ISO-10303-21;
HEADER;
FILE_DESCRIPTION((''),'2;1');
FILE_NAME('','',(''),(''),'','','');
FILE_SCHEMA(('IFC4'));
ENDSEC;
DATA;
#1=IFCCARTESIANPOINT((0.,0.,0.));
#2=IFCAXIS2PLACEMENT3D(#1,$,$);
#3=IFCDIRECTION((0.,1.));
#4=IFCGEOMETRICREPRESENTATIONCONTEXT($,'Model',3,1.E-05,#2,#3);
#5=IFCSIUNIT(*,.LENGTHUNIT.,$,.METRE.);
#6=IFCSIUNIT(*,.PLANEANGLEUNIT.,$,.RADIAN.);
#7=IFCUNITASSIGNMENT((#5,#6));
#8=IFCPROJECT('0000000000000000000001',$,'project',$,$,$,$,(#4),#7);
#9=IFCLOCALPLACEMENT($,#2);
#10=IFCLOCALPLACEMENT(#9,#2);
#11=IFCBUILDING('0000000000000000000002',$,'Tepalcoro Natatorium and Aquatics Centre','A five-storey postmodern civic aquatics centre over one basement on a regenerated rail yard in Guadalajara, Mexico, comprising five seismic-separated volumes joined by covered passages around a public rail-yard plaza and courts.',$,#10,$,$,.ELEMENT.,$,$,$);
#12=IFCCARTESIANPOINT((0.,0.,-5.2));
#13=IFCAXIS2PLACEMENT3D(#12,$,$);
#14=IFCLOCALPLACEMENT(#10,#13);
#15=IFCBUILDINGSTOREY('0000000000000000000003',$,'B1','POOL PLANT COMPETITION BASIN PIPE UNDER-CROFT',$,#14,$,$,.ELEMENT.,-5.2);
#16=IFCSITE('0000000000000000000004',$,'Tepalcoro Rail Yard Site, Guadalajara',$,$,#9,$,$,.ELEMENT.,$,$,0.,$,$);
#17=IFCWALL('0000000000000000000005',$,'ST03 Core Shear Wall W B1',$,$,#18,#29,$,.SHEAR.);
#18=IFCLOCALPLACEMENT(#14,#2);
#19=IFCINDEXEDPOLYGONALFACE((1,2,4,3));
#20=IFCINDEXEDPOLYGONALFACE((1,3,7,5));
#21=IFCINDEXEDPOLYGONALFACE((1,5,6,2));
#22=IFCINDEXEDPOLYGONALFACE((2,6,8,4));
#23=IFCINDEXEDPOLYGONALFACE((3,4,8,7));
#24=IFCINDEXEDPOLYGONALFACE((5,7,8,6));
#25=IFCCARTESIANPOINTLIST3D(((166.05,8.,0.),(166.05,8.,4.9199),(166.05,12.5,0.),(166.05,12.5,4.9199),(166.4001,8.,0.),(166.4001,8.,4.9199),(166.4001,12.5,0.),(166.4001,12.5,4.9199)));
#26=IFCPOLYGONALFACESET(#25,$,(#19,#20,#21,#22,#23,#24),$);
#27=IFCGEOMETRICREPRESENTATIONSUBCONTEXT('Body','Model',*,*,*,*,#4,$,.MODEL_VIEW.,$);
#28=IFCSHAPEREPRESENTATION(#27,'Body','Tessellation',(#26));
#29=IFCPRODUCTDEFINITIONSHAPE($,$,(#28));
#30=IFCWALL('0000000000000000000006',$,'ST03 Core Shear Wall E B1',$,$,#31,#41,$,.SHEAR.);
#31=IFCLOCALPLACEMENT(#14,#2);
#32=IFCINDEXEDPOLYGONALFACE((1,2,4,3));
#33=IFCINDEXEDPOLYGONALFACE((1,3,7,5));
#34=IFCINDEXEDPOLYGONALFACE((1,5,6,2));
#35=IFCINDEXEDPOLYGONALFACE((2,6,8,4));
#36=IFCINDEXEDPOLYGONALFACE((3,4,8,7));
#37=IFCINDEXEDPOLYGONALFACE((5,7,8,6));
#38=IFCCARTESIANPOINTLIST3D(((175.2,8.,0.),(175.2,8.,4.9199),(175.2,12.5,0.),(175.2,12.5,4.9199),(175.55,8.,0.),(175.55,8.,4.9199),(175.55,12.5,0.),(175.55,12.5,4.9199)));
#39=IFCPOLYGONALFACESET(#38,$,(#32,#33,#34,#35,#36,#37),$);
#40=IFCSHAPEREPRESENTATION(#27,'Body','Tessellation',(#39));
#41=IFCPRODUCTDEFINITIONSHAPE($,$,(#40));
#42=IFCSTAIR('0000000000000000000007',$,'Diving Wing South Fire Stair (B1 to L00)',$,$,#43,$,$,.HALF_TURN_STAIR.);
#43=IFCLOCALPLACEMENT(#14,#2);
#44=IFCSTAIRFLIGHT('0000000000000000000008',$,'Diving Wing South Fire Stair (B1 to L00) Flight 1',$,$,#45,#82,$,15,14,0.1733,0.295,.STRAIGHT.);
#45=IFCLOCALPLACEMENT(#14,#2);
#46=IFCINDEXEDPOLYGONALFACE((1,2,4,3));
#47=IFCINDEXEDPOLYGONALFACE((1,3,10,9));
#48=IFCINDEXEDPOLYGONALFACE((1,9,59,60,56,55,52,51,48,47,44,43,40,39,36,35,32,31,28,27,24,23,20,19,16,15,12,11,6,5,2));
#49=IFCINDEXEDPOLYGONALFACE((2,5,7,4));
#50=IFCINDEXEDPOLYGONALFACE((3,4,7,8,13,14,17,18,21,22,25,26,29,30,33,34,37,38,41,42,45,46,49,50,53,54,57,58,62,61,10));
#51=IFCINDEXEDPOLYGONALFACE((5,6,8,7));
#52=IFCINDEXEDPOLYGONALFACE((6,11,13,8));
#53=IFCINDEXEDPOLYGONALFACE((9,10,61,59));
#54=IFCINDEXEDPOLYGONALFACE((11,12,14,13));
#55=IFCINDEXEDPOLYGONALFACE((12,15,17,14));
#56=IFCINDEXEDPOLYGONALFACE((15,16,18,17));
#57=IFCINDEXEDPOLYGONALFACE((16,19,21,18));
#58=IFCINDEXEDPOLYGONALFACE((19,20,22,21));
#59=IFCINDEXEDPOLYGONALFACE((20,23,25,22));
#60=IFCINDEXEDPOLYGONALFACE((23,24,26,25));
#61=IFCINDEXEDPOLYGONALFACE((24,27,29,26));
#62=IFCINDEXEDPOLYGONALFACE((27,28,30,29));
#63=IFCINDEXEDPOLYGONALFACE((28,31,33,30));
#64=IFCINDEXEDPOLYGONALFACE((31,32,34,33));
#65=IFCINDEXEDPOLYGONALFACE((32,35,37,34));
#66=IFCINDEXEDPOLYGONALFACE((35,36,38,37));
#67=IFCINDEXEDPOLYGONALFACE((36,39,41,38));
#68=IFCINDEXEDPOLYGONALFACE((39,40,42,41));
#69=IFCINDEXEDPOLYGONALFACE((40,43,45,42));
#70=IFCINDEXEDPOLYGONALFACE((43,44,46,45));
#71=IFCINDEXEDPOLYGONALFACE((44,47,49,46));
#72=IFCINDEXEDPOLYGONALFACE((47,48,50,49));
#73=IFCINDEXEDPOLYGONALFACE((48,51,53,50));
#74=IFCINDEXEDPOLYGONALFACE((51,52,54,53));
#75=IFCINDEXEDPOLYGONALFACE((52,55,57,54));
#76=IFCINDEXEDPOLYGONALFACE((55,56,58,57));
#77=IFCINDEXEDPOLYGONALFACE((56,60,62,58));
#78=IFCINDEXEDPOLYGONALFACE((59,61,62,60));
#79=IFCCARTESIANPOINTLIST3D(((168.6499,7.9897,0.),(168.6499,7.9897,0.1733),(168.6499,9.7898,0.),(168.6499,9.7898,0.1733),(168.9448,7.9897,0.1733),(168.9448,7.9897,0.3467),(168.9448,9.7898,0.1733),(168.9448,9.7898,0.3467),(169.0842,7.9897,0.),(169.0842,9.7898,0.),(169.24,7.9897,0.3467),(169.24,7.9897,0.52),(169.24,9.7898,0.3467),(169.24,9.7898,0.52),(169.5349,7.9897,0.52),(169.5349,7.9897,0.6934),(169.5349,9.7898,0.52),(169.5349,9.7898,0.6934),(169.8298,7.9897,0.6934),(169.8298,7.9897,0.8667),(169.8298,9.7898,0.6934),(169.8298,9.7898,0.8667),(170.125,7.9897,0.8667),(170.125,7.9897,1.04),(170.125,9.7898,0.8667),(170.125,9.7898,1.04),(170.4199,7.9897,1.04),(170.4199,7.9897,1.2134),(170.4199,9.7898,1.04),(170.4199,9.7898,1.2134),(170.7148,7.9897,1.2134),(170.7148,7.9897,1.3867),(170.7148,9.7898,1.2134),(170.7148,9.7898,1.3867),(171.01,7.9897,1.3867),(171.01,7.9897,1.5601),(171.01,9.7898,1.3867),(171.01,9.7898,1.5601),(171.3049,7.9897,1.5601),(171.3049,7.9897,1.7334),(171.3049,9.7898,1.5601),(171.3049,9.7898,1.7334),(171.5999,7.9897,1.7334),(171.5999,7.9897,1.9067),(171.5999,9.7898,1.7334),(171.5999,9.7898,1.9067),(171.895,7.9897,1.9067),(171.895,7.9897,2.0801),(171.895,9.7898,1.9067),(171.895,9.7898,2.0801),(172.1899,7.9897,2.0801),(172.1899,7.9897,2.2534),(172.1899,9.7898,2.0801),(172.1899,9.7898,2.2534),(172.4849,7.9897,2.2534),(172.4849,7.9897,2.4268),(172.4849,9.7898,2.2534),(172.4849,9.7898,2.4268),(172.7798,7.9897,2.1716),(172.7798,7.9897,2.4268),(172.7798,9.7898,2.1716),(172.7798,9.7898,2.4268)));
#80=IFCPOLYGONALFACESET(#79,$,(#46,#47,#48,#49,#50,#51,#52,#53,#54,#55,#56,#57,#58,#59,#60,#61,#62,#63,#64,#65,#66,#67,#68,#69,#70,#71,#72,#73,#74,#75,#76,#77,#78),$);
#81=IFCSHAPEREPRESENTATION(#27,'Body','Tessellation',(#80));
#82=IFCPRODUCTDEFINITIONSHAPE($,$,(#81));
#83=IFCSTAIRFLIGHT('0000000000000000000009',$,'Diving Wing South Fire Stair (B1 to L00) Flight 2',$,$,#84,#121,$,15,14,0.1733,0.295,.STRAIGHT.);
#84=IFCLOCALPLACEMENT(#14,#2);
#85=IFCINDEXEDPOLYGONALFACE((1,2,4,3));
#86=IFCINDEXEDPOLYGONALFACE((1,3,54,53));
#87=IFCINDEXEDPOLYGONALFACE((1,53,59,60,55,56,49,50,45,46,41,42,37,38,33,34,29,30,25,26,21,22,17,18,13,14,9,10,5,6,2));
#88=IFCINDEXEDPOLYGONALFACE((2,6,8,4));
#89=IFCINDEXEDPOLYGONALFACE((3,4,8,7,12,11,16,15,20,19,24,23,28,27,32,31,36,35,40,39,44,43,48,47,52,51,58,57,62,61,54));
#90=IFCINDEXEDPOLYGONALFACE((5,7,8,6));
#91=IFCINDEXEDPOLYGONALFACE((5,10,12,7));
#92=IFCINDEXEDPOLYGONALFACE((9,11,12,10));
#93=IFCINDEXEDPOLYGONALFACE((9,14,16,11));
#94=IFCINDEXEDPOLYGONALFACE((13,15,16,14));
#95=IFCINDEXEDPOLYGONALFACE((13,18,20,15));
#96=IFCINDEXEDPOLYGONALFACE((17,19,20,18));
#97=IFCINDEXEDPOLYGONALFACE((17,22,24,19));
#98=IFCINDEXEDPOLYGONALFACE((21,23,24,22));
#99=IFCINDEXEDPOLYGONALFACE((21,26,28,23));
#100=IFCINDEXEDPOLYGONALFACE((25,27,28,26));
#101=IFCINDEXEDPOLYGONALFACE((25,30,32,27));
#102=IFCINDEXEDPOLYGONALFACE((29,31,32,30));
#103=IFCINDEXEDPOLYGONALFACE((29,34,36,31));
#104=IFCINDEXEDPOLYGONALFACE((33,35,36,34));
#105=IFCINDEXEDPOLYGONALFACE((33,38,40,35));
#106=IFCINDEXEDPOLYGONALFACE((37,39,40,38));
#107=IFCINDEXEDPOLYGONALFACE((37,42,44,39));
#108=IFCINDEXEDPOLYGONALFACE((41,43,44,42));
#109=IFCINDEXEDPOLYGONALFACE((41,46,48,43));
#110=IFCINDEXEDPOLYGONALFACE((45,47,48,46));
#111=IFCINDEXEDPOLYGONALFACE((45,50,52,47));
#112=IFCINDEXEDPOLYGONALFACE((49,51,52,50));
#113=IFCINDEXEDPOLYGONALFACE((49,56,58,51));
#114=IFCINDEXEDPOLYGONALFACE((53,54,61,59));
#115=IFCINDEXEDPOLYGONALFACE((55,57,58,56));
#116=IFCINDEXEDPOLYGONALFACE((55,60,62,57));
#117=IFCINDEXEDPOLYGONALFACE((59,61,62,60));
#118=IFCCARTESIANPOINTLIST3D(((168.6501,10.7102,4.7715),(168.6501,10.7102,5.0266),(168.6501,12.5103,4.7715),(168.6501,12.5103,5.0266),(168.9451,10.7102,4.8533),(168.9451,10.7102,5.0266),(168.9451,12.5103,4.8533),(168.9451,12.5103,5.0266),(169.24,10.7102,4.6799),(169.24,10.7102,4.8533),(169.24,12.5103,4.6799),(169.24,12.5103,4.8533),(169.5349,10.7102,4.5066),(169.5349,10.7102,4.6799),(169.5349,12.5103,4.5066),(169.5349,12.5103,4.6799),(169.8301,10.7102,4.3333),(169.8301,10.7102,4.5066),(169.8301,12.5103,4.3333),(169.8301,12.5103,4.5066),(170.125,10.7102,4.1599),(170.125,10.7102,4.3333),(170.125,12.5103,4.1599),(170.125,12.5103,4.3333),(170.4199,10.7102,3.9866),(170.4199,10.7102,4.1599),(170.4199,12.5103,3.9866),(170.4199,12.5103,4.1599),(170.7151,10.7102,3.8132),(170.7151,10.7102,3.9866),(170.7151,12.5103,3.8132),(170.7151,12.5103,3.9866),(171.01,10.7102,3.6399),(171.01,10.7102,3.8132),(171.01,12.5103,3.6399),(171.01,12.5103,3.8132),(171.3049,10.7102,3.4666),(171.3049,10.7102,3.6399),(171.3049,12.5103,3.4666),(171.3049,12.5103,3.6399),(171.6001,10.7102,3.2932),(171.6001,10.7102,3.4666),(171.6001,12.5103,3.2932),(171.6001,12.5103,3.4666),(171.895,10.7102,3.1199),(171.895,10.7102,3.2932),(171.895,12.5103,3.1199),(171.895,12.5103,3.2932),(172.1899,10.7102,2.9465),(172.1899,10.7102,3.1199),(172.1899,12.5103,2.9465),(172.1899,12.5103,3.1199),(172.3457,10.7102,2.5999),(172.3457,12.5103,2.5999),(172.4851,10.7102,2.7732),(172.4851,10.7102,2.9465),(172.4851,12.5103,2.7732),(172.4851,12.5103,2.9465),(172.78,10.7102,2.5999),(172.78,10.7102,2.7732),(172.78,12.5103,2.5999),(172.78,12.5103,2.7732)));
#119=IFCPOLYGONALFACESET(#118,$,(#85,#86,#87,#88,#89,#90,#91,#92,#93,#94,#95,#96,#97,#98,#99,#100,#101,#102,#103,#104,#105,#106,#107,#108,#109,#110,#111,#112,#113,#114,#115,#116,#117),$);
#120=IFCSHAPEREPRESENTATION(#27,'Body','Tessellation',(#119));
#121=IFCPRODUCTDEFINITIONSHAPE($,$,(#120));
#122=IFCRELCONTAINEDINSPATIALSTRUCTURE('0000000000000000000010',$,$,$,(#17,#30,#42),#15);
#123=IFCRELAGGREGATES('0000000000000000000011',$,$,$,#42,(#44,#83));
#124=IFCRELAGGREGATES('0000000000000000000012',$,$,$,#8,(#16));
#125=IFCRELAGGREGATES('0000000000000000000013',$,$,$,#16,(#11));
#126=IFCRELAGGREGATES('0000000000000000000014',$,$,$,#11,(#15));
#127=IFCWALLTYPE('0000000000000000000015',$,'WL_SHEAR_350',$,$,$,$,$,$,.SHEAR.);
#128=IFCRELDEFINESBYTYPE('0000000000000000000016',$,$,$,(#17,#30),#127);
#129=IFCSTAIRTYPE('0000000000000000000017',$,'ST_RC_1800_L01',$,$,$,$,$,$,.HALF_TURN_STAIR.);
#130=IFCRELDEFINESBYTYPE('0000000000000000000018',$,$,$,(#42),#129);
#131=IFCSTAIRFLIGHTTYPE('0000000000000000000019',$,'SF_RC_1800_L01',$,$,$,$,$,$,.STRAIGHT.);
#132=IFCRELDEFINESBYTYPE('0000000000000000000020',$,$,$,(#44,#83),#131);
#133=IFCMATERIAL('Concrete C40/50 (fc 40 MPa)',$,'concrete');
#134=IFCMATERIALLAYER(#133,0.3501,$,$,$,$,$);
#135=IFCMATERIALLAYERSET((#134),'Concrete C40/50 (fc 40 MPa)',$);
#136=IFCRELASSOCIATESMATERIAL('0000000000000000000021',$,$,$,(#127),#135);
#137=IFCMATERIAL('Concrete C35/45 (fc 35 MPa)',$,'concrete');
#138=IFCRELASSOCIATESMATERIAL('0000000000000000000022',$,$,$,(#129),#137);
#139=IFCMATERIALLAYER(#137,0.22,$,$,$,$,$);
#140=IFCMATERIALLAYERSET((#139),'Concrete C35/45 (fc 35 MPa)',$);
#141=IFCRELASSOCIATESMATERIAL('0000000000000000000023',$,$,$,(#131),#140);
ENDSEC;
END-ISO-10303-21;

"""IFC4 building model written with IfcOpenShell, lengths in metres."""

from ifc_helpers import new_model, si_unit, direction, frame, frame_2d, origin, place, context, subcontext, project, spatial, polyline, rectangle, outline, extrude, material, layer, layer_set, type_object, element, aggregate, save


model = new_model("IFC4")

# Units and contexts
model_context = context("Model", 3, precision=1e-05, world=origin(), true_north=direction((0.0, 1.0)))
body_context = subcontext(model_context, "Body", "Model", "MODEL_VIEW")
ifc_project = project(units=[si_unit("LENGTHUNIT", "METRE"), si_unit("PLANEANGLEUNIT", "RADIAN")], contexts=[model_context])

# Site, building, storey
site_placement = place(None, origin())
site = spatial("IfcSite", under=ifc_project, at=site_placement, Name="Tepalcoro Rail Yard Site, Guadalajara", CompositionType="ELEMENT", RefElevation=0.0)
building_placement = place(site_placement, origin())
building = spatial("IfcBuilding", under=site, at=building_placement, Name="Tepalcoro Natatorium and Aquatics Centre", Description="A five-storey postmodern civic aquatics centre over one basement on a regenerated rail yard in Guadalajara, Mexico, comprising five seismic-separated volumes joined by covered passages around a public rail-yard plaza and courts.", CompositionType="ELEMENT")
storey_placement = place(building_placement, frame((0.0, 0.0, -5.2)))
storey = spatial("IfcBuildingStorey", under=building, at=storey_placement, Name="B1", Description="POOL PLANT COMPETITION BASIN PIPE UNDER-CROFT", CompositionType="ELEMENT", Elevation=-5.2)

# Shared definitions
ifc_material_1 = material(Name="Concrete C40/50 (fc 40 MPa)", Category="concrete")

# Shared definitions
ifc_layer_1 = layer(ifc_material_1, 0.3501)
ifc_layer_set_1 = layer_set([ifc_layer_1], Name="Concrete C40/50 (fc 40 MPa)")
wall_type_1 = type_object("IfcWallType", Name="WL_SHEAR_350", PredefinedType="SHEAR", material=ifc_layer_set_1)

# Walls
for number, where, z_axis, x_axis, name in (
    (1, (166.2251, 8.0, 0.0), (0.0, 0.0, 1.0), (0.0, 1.0, 0.0), "ST03 Core Shear Wall W B1"),
    (2, (175.375, 8.0, 0.0), (0.0, 0.0, 1.0), (0.0, 1.0, 0.0), "ST03 Core Shear Wall E B1"),
):
    element("IfcWall", number, at=place(storey_placement, frame(where, z_axis=z_axis, x_axis=x_axis)), inside=storey, type_object=wall_type_1, Name=name, PredefinedType="SHEAR", context=body_context, shape_type="SweptSolid", body=[
        extrude(rectangle(XDim=4.5, YDim=0.3501, at=frame_2d((2.25, 0.0))), origin(), (0.0, 0.0, 1.0), 4.9199),
    ])

# Stair, stair flights
ifc_material_2 = material(Name="Concrete C35/45 (fc 35 MPa)", Category="concrete")
stair_type = type_object("IfcStairType", Name="ST_RC_1800_L01", PredefinedType="HALF_TURN_STAIR", material=ifc_material_2)
stair_placement = place(storey_placement, origin())
stair = element("IfcStair", 3, at=stair_placement, inside=storey, type_object=stair_type, Name="Diving Wing South Fire Stair (B1 to L00)", PredefinedType="HALF_TURN_STAIR")
ifc_layer_2 = layer(ifc_material_2, 0.22)
ifc_layer_set_2 = layer_set([ifc_layer_2], Name="Concrete C35/45 (fc 35 MPa)")
stair_flight_type = type_object("IfcStairFlightType", Name="SF_RC_1800_L01", PredefinedType="STRAIGHT", material=ifc_layer_set_2)
stair_flight_1_placement = place(storey_placement, frame((168.6499, 8.8899, 0.0), z_axis=(0.0, 0.0, 1.0), x_axis=(1.0, 0.0, 0.0)))
stair_flight_1 = element("IfcStairFlight", 4, at=stair_flight_1_placement, type_object=stair_flight_type, Name="Diving Wing South Fire Stair (B1 to L00) Flight 1", NumberOfRisers=15, NumberOfTreads=14, PredefinedType="STRAIGHT", RiserHeight=0.1733, TreadLength=0.295, context=body_context, shape_type="SweptSolid", body=[
    extrude(outline(polyline([(0.0, 0.0), (0.0, 0.1733), (0.2949, 0.1733), (0.2949, 0.3467), (0.5901, 0.3467), (0.5901, 0.52), (0.885, 0.52), (0.885, 0.6934), (1.1799, 0.6934), (1.1799, 0.8667), (1.4751, 0.8667), (1.4751, 1.04), (1.77, 1.04), (1.77, 1.2134), (2.0649, 1.2134), (2.0649, 1.3867), (2.3601, 1.3867), (2.3601, 1.5601), (2.655, 1.5601), (2.655, 1.7334), (2.95, 1.7334), (2.95, 1.9067), (3.2451, 1.9067), (3.2451, 2.0801), (3.54, 2.0801), (3.54, 2.2534), (3.835, 2.2534), (3.835, 2.4268), (4.1299, 2.4268), (4.1299, 2.6001), (4.1299, 2.1716), (0.4343, 0.0), (0.0, 0.0)])), frame((0.0, 0.8999, 0.0), z_axis=(0.0, -1.0, 0.0), x_axis=(1.0, 0.0, 0.0)), (0.0, 0.0, 1.0), 1.8),
])
stair_flight_2_placement = place(storey_placement, frame((172.78, 11.6101, 2.5999), z_axis=(0.0, 0.0, 1.0), x_axis=(-1.0, 0.0, 0.0)))
stair_flight_2 = element("IfcStairFlight", 5, at=stair_flight_2_placement, type_object=stair_flight_type, Name="Diving Wing South Fire Stair (B1 to L00) Flight 2", NumberOfRisers=15, NumberOfTreads=14, PredefinedType="STRAIGHT", RiserHeight=0.1733, TreadLength=0.295, context=body_context, shape_type="SweptSolid", body=[
    extrude(outline(polyline([(0.0, 0.0), (0.0, 0.1733), (0.2949, 0.1733), (0.2949, 0.3467), (0.5901, 0.3467), (0.5901, 0.52), (0.885, 0.52), (0.885, 0.6934), (1.1799, 0.6934), (1.1799, 0.8667), (1.4751, 0.8667), (1.4751, 1.04), (1.77, 1.04), (1.77, 1.2134), (2.0649, 1.2134), (2.0649, 1.3867), (2.3601, 1.3867), (2.3601, 1.5601), (2.655, 1.5601), (2.655, 1.7334), (2.95, 1.7334), (2.95, 1.9067), (3.2451, 1.9067), (3.2451, 2.0801), (3.54, 2.0801), (3.54, 2.2534), (3.835, 2.2534), (3.835, 2.4268), (4.1299, 2.4268), (4.1299, 2.6001), (4.1299, 2.1716), (0.4343, 0.0), (0.0, 0.0)])), frame((0.0, 0.8999, 0.0), z_axis=(0.0, -1.0, 0.0), x_axis=(1.0, 0.0, 0.0)), (0.0, 0.0, 1.0), 1.8),
])
aggregate(stair, [stair_flight_1, stair_flight_2])

save(model, "model.ifc")
